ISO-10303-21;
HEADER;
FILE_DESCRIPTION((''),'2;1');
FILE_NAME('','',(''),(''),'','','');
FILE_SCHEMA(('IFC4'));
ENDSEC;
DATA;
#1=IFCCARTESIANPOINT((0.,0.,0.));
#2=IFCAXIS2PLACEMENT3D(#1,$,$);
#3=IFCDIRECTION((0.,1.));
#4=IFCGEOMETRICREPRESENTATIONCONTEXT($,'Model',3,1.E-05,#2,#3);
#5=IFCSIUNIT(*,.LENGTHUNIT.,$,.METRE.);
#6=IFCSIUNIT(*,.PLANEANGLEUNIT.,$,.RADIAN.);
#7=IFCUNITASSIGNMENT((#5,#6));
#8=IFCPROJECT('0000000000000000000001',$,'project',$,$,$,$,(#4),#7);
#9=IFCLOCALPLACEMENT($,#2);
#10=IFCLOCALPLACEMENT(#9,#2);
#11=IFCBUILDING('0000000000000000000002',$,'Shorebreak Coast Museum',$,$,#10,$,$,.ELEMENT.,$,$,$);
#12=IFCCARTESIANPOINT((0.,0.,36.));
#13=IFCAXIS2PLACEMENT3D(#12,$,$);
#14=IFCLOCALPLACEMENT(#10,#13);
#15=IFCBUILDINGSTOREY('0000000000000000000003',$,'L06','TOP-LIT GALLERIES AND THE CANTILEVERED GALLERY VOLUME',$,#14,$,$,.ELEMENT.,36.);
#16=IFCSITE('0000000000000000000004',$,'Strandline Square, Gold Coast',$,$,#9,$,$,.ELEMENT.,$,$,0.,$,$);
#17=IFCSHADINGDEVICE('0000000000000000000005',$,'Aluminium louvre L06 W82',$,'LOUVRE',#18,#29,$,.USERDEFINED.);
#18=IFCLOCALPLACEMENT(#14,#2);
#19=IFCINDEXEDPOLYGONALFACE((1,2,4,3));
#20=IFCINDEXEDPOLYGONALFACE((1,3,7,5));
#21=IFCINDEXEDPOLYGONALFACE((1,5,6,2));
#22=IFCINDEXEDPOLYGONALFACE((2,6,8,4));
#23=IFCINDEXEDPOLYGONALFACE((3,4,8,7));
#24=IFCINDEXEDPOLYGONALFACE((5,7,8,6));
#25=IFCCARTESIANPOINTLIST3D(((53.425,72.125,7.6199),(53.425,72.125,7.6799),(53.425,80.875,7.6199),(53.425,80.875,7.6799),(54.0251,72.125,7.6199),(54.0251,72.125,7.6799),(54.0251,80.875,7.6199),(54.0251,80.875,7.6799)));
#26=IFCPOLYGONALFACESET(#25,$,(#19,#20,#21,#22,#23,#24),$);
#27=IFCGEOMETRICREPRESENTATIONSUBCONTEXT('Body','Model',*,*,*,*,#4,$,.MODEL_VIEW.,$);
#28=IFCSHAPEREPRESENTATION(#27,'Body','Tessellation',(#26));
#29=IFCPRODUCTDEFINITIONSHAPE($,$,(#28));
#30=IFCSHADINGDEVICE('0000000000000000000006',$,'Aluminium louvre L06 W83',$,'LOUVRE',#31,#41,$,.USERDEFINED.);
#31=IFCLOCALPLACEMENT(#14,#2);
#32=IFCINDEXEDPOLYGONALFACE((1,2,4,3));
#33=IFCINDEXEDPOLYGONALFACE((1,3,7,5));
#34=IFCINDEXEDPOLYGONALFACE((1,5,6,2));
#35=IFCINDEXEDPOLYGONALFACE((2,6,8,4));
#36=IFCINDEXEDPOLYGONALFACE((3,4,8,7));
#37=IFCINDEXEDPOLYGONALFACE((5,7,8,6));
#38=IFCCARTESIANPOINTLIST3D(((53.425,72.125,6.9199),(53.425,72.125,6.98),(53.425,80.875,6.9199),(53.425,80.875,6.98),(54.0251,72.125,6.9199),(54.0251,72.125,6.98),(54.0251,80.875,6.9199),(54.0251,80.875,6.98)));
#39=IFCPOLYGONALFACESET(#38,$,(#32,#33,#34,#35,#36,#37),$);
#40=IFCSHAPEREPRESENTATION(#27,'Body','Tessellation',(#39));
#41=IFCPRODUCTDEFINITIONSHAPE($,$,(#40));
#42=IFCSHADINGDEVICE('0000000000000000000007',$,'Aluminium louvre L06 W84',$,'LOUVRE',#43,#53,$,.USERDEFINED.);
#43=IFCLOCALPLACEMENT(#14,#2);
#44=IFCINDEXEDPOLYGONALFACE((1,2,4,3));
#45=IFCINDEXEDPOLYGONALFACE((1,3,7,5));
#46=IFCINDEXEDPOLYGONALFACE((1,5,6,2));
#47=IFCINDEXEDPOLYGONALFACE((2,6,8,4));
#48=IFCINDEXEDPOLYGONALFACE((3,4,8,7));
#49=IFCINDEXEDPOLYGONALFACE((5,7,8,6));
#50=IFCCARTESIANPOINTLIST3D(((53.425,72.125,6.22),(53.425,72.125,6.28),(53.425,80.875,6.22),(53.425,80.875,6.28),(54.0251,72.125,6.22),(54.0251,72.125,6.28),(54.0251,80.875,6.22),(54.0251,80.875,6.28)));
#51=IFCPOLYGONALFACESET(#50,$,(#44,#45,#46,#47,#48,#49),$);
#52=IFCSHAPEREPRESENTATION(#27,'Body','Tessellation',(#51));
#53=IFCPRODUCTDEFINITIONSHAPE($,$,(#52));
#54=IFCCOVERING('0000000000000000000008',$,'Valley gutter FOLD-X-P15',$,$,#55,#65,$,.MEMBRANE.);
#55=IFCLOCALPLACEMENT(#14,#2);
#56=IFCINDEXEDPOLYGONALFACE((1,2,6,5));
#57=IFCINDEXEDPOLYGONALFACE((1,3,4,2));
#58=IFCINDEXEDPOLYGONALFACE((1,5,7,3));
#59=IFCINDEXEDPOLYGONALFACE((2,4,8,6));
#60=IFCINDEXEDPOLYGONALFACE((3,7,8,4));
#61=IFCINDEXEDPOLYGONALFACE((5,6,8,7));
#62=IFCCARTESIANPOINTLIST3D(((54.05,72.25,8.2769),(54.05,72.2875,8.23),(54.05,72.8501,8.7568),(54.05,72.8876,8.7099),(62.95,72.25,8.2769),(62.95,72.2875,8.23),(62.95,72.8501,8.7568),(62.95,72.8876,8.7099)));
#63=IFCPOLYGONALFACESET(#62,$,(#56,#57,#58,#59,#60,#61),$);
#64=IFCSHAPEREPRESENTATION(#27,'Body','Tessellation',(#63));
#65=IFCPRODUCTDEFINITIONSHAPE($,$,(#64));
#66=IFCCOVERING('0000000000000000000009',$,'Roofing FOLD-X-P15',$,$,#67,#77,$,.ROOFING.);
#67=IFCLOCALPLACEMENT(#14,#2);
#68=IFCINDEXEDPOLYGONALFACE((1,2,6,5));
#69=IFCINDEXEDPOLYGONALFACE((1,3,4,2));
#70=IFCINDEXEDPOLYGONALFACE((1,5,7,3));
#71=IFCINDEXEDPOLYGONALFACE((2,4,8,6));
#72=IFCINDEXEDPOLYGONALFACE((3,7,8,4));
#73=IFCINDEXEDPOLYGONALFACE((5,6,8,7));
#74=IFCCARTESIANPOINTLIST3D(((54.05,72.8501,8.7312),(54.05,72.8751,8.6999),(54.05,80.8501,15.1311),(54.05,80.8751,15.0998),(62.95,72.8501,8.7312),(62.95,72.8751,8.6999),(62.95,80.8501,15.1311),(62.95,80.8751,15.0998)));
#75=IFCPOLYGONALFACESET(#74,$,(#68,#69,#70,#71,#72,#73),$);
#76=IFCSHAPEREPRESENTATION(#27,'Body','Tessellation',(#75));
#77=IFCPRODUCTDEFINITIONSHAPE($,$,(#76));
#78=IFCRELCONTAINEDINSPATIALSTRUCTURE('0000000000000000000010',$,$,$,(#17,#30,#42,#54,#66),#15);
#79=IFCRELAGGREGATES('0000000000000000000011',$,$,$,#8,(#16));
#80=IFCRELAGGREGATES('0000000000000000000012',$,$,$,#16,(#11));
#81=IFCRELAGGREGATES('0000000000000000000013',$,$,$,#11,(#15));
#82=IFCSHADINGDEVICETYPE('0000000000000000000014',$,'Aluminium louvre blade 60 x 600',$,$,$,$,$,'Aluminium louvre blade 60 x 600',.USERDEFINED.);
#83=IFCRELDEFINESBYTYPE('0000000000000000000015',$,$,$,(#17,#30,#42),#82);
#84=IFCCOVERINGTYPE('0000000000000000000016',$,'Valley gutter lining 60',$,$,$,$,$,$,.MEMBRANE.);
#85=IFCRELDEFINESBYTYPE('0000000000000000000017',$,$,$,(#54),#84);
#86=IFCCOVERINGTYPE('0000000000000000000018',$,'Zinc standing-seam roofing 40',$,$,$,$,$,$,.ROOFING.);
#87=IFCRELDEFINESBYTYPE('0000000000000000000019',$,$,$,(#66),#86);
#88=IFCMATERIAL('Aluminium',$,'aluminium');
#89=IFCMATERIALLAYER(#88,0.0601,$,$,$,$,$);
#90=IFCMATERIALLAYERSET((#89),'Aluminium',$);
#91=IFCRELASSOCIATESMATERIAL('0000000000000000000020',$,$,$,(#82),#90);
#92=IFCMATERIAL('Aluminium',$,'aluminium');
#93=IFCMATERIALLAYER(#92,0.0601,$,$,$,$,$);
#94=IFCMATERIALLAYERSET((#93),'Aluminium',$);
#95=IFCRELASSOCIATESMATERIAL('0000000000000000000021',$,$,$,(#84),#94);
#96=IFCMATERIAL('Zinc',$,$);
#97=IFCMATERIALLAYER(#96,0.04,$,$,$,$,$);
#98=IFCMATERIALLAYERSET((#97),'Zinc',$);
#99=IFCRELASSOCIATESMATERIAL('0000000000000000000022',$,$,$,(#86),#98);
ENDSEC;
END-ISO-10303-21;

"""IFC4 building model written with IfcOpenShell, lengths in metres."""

from ifc_helpers import new_model, si_unit, direction, frame, origin, origin_2d, place, context, subcontext, project, spatial, polyline, rectangle, outline, extrude, material, layer, layer_set, type_object, element, save


model = new_model("IFC4")

# Units and contexts
model_context = context("Model", 3, precision=1e-05, world=origin(), true_north=direction((0.0, 1.0)))
body_context = subcontext(model_context, "Body", "Model", "MODEL_VIEW")
ifc_project = project(units=[si_unit("LENGTHUNIT", "METRE"), si_unit("PLANEANGLEUNIT", "RADIAN")], contexts=[model_context])

# Site, building, storey
site_placement = place(None, origin())
site = spatial("IfcSite", under=ifc_project, at=site_placement, Name="Strandline Square, Gold Coast", CompositionType="ELEMENT", RefElevation=0.0)
building_placement = place(site_placement, origin())
building = spatial("IfcBuilding", under=site, at=building_placement, Name="Shorebreak Coast Museum", CompositionType="ELEMENT")
storey_placement = place(building_placement, frame((0.0, 0.0, 36.0)))
storey = spatial("IfcBuildingStorey", under=building, at=storey_placement, Name="L06", Description="TOP-LIT GALLERIES AND THE CANTILEVERED GALLERY VOLUME", CompositionType="ELEMENT", Elevation=36.0)

# Shading devices
ifc_material_1 = material(Name="Aluminium", Category="aluminium")
ifc_layer_1 = layer(ifc_material_1, 0.0601)
ifc_layer_set_1 = layer_set([ifc_layer_1], Name="Aluminium")
shading_device_type = type_object("IfcShadingDeviceType", Name="Aluminium louvre blade 60 x 600", ElementType="Aluminium louvre blade 60 x 600", PredefinedType="USERDEFINED", material=ifc_layer_set_1)
for number, where, z_axis, x_axis, name in (
    (1, (53.7251, 76.5, 7.6199), (0.0, 0.0, 1.0), (1.0, 0.0, 0.0), "Aluminium louvre L06 W82"),
    (2, (53.7251, 76.5, 6.9199), (0.0, 0.0, 1.0), (1.0, 0.0, 0.0), "Aluminium louvre L06 W83"),
    (3, (53.7251, 76.5, 6.22), (0.0, 0.0, 1.0), (1.0, 0.0, 0.0), "Aluminium louvre L06 W84"),
):
    element("IfcShadingDevice", number, at=place(storey_placement, frame(where, z_axis=z_axis, x_axis=x_axis)), inside=storey, type_object=shading_device_type, Name=name, ObjectType="LOUVRE", PredefinedType="USERDEFINED", context=body_context, shape_type="SweptSolid", body=[
        extrude(rectangle(XDim=0.6001, YDim=8.75, at=origin_2d()), origin(), (0.0, 0.0, 1.0), 0.0601),
    ])

# Coverings
ifc_material_2 = material(Name="Aluminium", Category="aluminium")
ifc_layer_2 = layer(ifc_material_2, 0.0601)
ifc_layer_set_2 = layer_set([ifc_layer_2], Name="Aluminium")
covering_type_1 = type_object("IfcCoveringType", Name="Valley gutter lining 60", PredefinedType="MEMBRANE", material=ifc_layer_set_2)
covering_1_placement = place(storey_placement, frame((54.05, 72.25, 8.2769), z_axis=(0.0, -0.624618, 0.780931), x_axis=(1.0, 0.0, 0.0)))
element("IfcCovering", 4, at=covering_1_placement, inside=storey, type_object=covering_type_1, Name="Valley gutter FOLD-X-P15", PredefinedType="MEMBRANE", context=body_context, shape_type="SweptSolid", body=[
    extrude(outline(polyline([(0.0, 0.0), (8.8999, 0.0), (8.8999, 0.7684), (0.0, 0.7684), (0.0, 0.0)])), origin(), (0.0, 0.0, -1.0), 0.0601),
])
ifc_material_3 = material(Name="Zinc")
ifc_layer_3 = layer(ifc_material_3, 0.04)
ifc_layer_set_3 = layer_set([ifc_layer_3], Name="Zinc")
covering_type_2 = type_object("IfcCoveringType", Name="Zinc standing-seam roofing 40", PredefinedType="ROOFING", material=ifc_layer_set_3)
covering_2_placement = place(storey_placement, frame((54.05, 72.8501, 8.7312), z_axis=(0.0, -0.624689, 0.780873), x_axis=(1.0, 0.0, 0.0)))
element("IfcCovering", 5, at=covering_2_placement, inside=storey, type_object=covering_type_2, Name="Roofing FOLD-X-P15", PredefinedType="ROOFING", context=body_context, shape_type="SweptSolid", body=[
    extrude(outline(polyline([(0.0, 0.0), (8.8999, 0.0), (8.8999, 10.2449), (0.0, 10.2449), (0.0, 0.0)])), origin(), (0.0, 0.0, -1.0), 0.04),
])

save(model, "model.ifc")
